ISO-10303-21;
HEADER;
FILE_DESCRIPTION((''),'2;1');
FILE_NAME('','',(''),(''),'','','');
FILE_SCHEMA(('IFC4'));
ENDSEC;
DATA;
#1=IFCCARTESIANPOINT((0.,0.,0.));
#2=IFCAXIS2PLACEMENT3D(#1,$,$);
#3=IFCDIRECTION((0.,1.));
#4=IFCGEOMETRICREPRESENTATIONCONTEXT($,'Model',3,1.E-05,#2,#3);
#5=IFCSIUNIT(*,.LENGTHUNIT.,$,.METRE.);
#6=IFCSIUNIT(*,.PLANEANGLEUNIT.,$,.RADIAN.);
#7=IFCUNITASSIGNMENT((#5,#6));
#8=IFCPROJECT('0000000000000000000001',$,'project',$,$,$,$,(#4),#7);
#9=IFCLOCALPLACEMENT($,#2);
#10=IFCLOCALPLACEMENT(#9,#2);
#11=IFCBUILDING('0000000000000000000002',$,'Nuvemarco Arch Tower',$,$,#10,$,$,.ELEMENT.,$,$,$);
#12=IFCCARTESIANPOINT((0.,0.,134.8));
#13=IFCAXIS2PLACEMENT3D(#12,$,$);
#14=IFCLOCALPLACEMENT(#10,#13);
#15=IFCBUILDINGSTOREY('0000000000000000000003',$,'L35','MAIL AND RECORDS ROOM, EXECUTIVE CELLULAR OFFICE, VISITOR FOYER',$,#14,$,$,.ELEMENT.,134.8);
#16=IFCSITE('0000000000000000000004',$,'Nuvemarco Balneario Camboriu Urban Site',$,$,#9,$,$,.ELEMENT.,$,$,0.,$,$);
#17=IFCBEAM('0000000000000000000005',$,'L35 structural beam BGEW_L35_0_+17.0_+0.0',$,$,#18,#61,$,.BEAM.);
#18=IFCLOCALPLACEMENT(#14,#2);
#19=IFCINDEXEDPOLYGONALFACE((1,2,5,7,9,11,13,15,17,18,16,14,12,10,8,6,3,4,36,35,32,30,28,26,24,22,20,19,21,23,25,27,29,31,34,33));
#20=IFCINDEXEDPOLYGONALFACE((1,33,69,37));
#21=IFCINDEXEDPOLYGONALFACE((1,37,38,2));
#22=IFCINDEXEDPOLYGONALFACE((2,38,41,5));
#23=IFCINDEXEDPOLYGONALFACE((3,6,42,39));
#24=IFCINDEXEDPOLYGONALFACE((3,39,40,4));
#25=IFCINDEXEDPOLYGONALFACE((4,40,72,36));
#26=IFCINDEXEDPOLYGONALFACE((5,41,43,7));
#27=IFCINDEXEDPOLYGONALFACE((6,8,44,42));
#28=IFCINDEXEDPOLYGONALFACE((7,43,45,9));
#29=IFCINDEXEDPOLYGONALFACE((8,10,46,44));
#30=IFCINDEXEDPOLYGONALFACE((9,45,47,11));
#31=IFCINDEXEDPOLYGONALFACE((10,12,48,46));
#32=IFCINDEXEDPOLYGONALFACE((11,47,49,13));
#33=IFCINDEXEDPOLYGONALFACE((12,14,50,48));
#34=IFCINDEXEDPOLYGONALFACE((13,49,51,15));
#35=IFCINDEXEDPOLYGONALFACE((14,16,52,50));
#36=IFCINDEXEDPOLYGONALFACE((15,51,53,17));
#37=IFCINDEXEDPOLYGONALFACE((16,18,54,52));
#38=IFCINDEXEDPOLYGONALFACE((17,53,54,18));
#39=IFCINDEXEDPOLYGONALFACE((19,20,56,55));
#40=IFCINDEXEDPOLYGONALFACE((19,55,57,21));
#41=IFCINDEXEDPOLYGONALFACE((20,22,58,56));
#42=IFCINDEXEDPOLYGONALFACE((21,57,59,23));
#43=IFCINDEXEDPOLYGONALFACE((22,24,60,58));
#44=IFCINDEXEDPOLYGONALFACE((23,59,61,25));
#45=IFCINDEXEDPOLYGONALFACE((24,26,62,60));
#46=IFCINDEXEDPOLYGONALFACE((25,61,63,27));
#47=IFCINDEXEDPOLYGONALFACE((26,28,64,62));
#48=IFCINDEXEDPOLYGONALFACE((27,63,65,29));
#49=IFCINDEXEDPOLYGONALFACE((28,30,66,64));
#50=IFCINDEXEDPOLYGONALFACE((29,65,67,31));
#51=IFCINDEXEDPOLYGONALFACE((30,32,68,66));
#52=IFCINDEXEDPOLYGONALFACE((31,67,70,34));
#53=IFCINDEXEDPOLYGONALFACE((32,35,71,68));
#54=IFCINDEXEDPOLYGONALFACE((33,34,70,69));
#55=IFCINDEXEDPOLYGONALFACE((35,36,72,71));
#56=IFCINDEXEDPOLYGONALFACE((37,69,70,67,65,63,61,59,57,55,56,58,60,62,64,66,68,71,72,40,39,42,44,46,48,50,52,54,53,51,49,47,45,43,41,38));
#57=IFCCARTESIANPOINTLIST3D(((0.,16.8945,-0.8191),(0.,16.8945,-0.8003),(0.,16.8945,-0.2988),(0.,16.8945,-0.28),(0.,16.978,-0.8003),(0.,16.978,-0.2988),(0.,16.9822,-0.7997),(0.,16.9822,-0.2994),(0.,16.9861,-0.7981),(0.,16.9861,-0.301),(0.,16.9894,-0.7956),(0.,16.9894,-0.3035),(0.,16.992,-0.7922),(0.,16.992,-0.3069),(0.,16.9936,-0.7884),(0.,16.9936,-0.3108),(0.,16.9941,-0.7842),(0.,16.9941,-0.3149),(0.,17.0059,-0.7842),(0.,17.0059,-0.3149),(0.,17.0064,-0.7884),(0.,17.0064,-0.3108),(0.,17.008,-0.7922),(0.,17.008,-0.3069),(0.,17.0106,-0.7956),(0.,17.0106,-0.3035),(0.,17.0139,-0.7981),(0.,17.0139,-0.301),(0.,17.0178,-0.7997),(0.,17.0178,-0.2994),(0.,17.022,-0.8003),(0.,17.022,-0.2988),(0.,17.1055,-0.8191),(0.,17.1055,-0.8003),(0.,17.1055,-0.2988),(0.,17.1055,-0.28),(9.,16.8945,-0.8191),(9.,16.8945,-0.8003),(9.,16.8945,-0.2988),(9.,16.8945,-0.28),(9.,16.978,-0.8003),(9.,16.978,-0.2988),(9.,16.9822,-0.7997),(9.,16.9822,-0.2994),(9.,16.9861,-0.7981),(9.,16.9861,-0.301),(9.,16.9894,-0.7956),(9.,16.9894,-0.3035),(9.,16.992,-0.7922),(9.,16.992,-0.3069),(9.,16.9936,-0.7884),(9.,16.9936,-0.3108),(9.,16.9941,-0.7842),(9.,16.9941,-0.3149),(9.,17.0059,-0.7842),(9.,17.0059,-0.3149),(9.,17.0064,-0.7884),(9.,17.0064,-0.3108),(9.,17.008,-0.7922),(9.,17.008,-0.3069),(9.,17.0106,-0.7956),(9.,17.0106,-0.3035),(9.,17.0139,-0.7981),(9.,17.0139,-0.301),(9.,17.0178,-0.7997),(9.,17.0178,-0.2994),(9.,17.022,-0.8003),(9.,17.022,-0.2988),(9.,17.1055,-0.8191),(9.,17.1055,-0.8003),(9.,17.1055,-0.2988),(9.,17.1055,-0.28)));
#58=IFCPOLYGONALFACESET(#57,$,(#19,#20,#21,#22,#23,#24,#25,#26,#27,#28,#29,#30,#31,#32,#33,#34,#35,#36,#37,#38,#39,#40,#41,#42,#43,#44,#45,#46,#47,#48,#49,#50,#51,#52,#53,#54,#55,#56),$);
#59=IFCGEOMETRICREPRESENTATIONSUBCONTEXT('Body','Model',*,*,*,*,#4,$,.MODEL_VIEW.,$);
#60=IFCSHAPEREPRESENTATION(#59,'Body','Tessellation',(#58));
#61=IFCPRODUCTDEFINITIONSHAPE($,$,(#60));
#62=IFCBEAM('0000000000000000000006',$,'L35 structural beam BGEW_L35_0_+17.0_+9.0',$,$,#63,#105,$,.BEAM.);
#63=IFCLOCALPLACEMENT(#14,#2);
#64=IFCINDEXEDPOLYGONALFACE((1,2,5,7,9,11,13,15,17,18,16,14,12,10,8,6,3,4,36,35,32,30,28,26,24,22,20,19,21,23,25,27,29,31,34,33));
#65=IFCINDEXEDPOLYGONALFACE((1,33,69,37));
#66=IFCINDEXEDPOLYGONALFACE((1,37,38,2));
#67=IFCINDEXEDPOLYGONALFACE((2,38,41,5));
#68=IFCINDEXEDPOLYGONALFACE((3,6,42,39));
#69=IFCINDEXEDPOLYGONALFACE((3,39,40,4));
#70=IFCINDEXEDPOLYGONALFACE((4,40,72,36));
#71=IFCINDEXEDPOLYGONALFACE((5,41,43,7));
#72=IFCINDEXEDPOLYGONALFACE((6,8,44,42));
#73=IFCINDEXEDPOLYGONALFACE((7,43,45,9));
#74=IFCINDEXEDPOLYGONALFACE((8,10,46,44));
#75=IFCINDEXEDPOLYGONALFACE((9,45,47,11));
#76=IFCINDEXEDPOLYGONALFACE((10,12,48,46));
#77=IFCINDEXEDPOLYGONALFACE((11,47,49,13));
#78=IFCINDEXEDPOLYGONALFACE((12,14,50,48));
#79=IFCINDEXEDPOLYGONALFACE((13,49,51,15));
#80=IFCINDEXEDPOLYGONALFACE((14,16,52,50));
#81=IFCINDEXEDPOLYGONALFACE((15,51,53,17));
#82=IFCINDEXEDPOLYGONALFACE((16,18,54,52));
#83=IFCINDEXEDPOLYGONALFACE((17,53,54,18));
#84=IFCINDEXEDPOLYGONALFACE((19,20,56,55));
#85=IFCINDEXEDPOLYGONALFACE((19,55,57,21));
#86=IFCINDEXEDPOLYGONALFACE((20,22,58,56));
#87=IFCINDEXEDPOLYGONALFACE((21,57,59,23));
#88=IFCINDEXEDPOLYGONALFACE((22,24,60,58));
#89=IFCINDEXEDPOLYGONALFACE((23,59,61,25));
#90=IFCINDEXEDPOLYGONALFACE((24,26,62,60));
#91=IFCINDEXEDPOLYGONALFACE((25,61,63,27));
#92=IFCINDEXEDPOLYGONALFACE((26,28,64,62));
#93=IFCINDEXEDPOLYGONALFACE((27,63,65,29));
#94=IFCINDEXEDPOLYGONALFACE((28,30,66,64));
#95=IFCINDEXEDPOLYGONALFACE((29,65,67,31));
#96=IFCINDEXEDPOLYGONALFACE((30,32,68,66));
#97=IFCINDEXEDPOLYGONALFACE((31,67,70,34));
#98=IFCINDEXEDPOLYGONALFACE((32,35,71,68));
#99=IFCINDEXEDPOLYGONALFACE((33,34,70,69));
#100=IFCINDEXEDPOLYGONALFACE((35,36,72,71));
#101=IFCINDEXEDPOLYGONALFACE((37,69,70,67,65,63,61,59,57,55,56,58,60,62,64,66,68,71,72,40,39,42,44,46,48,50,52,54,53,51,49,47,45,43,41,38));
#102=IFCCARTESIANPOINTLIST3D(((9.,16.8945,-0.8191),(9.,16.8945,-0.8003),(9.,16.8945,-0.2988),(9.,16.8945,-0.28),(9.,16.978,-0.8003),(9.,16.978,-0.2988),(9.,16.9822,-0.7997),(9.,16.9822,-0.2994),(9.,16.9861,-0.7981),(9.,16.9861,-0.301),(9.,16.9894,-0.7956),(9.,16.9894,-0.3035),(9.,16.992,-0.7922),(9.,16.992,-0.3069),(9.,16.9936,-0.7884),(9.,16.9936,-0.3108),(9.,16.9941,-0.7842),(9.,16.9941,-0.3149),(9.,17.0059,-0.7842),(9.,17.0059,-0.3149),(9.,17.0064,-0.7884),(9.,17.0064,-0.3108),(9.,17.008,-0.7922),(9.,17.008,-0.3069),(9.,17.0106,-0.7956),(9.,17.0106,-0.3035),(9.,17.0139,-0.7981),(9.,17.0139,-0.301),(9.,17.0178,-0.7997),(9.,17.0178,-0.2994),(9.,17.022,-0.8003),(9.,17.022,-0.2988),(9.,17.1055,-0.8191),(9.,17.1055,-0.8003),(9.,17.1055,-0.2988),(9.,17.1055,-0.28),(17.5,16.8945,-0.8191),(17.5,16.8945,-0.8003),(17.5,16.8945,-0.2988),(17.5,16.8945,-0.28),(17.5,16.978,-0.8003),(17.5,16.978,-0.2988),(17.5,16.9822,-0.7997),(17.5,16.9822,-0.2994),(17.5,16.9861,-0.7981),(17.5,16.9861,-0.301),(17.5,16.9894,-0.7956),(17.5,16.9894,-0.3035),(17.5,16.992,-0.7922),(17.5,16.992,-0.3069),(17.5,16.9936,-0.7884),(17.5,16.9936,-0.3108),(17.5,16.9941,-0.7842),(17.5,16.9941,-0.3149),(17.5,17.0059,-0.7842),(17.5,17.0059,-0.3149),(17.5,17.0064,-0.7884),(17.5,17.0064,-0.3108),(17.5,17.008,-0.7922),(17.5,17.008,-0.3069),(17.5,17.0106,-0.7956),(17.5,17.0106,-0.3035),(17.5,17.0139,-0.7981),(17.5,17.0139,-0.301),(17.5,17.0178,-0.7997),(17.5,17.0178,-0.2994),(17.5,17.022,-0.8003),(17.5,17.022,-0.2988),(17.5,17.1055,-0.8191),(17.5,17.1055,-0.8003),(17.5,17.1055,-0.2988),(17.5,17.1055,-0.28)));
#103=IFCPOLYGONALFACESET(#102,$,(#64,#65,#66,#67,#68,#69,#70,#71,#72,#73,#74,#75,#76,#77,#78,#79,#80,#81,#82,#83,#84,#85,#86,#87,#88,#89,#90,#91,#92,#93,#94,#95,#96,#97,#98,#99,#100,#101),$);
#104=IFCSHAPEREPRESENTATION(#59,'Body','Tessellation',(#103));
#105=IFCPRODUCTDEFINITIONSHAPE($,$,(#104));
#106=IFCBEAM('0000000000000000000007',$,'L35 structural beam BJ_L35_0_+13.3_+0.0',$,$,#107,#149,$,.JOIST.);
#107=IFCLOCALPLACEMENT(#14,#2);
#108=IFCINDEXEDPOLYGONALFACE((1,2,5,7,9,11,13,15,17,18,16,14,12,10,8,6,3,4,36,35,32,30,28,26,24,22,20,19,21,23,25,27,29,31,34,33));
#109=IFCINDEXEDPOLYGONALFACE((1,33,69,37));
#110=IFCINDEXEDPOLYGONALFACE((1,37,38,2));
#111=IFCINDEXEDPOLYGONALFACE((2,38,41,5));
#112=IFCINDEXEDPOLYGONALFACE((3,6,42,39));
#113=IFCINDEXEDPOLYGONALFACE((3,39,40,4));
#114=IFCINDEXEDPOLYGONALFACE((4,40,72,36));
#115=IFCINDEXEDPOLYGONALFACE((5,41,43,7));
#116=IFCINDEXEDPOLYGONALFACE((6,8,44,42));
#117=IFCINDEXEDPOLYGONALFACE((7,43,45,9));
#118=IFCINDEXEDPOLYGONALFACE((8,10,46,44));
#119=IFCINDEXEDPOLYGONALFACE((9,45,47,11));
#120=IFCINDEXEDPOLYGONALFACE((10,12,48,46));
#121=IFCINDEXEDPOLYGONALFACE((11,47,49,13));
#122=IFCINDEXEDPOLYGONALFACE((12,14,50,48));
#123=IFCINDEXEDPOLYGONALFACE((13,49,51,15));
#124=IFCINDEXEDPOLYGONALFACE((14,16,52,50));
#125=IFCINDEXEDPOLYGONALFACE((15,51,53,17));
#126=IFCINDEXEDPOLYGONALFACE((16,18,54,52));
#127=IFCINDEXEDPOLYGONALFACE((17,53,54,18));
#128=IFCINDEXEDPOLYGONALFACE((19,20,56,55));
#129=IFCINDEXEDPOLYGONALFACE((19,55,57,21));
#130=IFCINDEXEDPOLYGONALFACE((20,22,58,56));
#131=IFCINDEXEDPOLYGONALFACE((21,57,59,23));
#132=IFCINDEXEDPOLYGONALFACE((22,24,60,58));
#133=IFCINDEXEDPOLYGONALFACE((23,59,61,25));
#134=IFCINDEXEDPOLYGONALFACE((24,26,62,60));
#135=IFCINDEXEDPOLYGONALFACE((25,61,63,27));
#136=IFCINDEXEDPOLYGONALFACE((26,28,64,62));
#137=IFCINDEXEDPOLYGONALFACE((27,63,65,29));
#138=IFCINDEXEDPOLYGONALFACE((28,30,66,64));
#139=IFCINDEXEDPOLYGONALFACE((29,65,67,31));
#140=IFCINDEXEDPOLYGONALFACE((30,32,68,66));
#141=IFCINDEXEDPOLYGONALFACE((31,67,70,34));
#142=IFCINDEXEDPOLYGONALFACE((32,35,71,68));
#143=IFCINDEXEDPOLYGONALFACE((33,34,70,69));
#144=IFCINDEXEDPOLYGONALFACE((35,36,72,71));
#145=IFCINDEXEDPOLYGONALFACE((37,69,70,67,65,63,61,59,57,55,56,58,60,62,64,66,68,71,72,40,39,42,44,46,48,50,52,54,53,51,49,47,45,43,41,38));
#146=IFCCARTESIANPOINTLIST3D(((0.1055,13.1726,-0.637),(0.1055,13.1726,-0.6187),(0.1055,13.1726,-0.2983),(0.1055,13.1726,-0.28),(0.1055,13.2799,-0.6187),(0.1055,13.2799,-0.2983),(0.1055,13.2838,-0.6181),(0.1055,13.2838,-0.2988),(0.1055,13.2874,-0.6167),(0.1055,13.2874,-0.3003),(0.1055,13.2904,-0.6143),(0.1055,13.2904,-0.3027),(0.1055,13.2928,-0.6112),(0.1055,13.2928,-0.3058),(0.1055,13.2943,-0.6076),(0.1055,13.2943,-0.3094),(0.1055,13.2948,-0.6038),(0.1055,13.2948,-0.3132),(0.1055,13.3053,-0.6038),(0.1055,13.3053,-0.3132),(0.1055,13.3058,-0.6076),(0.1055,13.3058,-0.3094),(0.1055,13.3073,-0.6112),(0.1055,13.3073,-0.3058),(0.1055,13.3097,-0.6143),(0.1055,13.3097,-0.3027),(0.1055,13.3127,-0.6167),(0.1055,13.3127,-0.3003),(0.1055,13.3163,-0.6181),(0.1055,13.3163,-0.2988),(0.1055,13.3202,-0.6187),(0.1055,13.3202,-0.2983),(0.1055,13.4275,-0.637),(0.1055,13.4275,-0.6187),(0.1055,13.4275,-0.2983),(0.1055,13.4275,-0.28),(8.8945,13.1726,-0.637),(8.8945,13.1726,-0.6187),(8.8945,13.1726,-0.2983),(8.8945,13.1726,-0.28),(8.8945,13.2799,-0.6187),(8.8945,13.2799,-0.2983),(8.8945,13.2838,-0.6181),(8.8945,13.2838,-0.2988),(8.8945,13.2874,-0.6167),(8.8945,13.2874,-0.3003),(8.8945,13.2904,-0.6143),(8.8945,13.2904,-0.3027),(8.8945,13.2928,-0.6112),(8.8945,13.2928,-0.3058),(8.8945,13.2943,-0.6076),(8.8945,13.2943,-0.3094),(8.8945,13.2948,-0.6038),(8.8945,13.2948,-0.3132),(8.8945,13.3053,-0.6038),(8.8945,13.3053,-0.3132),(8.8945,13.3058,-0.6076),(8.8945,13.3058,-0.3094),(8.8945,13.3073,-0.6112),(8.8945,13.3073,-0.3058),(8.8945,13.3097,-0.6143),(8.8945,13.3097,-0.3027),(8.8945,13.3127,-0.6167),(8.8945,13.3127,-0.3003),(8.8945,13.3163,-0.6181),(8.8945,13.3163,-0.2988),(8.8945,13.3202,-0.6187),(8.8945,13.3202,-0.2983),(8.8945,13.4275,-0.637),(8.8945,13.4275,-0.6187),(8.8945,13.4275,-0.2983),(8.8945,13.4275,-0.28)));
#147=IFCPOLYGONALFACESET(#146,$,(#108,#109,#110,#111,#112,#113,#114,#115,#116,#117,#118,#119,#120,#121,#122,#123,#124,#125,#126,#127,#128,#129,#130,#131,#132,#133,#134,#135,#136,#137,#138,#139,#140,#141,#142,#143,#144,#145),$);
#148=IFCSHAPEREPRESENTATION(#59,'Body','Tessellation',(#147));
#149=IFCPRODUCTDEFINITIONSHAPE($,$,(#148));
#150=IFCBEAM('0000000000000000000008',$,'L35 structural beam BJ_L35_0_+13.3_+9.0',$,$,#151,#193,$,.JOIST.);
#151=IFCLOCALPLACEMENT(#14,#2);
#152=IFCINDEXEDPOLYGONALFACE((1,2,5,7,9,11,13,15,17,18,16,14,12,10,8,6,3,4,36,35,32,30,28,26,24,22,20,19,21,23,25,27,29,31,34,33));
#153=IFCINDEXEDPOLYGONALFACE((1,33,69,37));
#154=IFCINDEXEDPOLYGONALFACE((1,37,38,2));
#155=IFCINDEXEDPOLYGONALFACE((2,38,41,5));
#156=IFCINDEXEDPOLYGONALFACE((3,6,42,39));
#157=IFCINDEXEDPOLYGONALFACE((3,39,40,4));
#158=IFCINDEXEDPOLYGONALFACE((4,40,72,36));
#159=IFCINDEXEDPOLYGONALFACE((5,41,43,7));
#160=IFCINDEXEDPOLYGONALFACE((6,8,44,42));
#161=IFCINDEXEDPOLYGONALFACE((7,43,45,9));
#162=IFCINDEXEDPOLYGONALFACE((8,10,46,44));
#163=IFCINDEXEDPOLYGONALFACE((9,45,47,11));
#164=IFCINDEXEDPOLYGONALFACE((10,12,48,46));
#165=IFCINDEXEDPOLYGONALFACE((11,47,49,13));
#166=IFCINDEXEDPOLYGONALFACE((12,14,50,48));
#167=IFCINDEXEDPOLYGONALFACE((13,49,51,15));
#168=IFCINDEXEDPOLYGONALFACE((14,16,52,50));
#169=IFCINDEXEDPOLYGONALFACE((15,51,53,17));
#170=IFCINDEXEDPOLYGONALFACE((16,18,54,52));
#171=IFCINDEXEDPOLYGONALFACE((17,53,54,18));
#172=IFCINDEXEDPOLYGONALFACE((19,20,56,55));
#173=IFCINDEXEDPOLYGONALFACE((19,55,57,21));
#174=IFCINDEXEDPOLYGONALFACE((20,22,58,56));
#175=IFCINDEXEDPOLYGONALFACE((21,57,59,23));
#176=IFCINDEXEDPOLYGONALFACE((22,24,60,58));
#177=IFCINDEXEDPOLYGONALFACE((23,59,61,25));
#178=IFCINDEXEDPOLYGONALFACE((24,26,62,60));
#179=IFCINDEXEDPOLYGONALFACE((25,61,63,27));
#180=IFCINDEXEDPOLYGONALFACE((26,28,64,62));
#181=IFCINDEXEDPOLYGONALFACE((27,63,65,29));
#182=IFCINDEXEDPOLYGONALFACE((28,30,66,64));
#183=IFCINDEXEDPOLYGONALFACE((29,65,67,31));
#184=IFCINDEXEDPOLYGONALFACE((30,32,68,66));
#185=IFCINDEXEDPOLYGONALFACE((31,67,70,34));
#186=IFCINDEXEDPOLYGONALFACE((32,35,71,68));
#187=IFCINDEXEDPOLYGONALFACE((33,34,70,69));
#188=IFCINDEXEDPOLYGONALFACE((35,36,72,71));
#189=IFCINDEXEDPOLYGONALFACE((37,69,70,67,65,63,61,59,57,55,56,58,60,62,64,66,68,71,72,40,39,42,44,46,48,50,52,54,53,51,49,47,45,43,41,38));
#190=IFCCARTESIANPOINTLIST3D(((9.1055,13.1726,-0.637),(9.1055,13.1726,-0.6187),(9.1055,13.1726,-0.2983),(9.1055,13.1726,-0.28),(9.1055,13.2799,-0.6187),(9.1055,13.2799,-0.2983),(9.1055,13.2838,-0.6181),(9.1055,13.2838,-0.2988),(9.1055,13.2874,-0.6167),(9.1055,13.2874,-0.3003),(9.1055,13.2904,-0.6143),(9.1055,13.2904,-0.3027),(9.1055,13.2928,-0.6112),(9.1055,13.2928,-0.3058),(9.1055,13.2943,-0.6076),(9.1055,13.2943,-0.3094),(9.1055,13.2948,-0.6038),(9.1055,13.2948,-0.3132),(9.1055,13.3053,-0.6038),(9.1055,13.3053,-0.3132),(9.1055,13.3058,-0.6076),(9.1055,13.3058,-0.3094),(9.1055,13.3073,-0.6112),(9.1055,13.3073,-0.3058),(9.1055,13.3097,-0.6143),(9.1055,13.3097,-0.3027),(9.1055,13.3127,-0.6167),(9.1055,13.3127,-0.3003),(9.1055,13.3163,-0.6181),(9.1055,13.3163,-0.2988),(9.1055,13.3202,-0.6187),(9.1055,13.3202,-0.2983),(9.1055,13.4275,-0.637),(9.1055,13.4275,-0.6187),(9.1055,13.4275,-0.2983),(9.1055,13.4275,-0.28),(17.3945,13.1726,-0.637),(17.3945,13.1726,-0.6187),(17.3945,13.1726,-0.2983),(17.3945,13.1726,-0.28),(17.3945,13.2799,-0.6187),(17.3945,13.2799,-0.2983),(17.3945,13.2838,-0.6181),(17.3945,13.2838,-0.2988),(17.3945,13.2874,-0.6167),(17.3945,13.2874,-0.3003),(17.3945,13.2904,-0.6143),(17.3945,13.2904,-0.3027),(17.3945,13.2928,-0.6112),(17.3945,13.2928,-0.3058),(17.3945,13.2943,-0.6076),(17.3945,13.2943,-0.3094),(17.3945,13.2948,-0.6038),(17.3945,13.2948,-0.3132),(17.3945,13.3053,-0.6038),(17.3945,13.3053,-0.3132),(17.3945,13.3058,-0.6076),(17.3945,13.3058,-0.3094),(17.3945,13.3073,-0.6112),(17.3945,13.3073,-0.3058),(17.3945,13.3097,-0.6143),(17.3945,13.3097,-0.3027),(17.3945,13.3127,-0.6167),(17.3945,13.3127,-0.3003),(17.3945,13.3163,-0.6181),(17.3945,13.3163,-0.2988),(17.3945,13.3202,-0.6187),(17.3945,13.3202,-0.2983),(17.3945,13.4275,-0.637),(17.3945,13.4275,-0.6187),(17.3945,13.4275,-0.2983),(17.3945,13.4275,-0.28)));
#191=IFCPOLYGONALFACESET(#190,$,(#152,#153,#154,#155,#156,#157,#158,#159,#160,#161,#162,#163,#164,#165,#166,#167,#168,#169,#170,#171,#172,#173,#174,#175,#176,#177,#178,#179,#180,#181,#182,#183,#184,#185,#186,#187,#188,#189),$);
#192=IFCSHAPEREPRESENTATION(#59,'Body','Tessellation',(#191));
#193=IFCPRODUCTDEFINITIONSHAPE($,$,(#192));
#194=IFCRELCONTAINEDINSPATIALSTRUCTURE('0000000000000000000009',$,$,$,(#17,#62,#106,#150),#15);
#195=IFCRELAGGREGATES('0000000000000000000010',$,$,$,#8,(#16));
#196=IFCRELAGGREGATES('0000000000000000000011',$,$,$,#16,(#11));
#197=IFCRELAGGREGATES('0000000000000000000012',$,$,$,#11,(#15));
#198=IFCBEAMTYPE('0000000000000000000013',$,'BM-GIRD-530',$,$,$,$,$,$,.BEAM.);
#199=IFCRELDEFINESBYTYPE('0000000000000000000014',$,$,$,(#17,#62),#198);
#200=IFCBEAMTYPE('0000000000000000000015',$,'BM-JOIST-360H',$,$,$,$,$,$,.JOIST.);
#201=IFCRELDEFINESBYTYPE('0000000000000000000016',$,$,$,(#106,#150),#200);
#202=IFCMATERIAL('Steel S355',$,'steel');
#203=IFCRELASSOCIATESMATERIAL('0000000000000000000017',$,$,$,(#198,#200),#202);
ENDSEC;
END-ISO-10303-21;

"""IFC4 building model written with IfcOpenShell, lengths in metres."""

from ifc_helpers import new_model, si_unit, direction, frame, origin, origin_2d, place, context, subcontext, project, spatial, i_section, extrude, material, material_profile, profile_set, type_object, element, save


model = new_model("IFC4")

# Units and contexts
model_context = context("Model", 3, precision=1e-05, world=origin(), true_north=direction((0.0, 1.0)))
body_context = subcontext(model_context, "Body", "Model", "MODEL_VIEW")
ifc_project = project(units=[si_unit("LENGTHUNIT", "METRE"), si_unit("PLANEANGLEUNIT", "RADIAN")], contexts=[model_context])

# Site, building, storey
site_placement = place(None, origin())
site = spatial("IfcSite", under=ifc_project, at=site_placement, Name="Nuvemarco Balneario Camboriu Urban Site", CompositionType="ELEMENT", RefElevation=0.0)
building_placement = place(site_placement, origin())
building = spatial("IfcBuilding", under=site, at=building_placement, Name="Nuvemarco Arch Tower", CompositionType="ELEMENT")
storey_placement = place(building_placement, frame((0.0, 0.0, 134.8)))
storey = spatial("IfcBuildingStorey", under=building, at=storey_placement, Name="L35", Description="MAIL AND RECORDS ROOM, EXECUTIVE CELLULAR OFFICE, VISITOR FOYER", CompositionType="ELEMENT", Elevation=134.8)

# Shared definitions
ifc_material_1 = material(Name="Steel S355", Category="steel")

# Beams
ifc_material_profile_1 = material_profile(ifc_material_1, i_section(OverallWidth=0.2109, OverallDepth=0.5391, WebThickness=0.0117, FlangeThickness=0.0188, FilletRadius=0.0161, at=origin_2d()), Name="W530x109")
ifc_profile_set_1 = profile_set([ifc_material_profile_1], Name="Steel S355")
beam_type_1 = type_object("IfcBeamType", Name="BM-GIRD-530", PredefinedType="BEAM", material=ifc_profile_set_1)
beam_1_placement = place(storey_placement, frame((0.0, 17.0, -0.5496), z_axis=(1.0, 0.0, 0.0), x_axis=(0.0, 1.0, 0.0)))
element("IfcBeam", 1, at=beam_1_placement, inside=storey, type_object=beam_type_1, Name="L35 structural beam BGEW_L35_0_+17.0_+0.0", PredefinedType="BEAM", context=body_context, shape_type="SweptSolid", body=[
    extrude(i_section(OverallWidth=0.2109, OverallDepth=0.5391, WebThickness=0.0117, FlangeThickness=0.0188, FilletRadius=0.0161, at=origin_2d()), origin(), (0.0, 0.0, 1.0), 9.0),
])
beam_2_placement = place(storey_placement, frame((9.0, 17.0, -0.5496), z_axis=(1.0, 0.0, 0.0), x_axis=(0.0, 1.0, 0.0)))
element("IfcBeam", 2, at=beam_2_placement, inside=storey, type_object=beam_type_1, Name="L35 structural beam BGEW_L35_0_+17.0_+9.0", PredefinedType="BEAM", context=body_context, shape_type="SweptSolid", body=[
    extrude(i_section(OverallWidth=0.2109, OverallDepth=0.5391, WebThickness=0.0117, FlangeThickness=0.0188, FilletRadius=0.0161, at=origin_2d()), origin(), (0.0, 0.0, 1.0), 8.5),
])
ifc_material_profile_2 = material_profile(ifc_material_1, i_section(OverallWidth=0.2549, OverallDepth=0.3569, WebThickness=0.0105, FlangeThickness=0.0183, FilletRadius=0.0149, at=origin_2d()), Name="W360x101")
ifc_profile_set_2 = profile_set([ifc_material_profile_2], Name="Steel S355")
beam_type_2 = type_object("IfcBeamType", Name="BM-JOIST-360H", PredefinedType="JOIST", material=ifc_profile_set_2)
beam_3_placement = place(storey_placement, frame((0.1055, 13.3, -0.4585), z_axis=(1.0, 0.0, 0.0), x_axis=(0.0, 1.0, 0.0)))
element("IfcBeam", 3, at=beam_3_placement, inside=storey, type_object=beam_type_2, Name="L35 structural beam BJ_L35_0_+13.3_+0.0", PredefinedType="JOIST", context=body_context, shape_type="SweptSolid", body=[
    extrude(i_section(OverallWidth=0.2549, OverallDepth=0.3569, WebThickness=0.0105, FlangeThickness=0.0183, FilletRadius=0.0149, at=origin_2d()), origin(), (0.0, 0.0, 1.0), 8.7891),
])
beam_4_placement = place(storey_placement, frame((9.1055, 13.3, -0.4585), z_axis=(1.0, 0.0, 0.0), x_axis=(0.0, 1.0, 0.0)))
element("IfcBeam", 4, at=beam_4_placement, inside=storey, type_object=beam_type_2, Name="L35 structural beam BJ_L35_0_+13.3_+9.0", PredefinedType="JOIST", context=body_context, shape_type="SweptSolid", body=[
    extrude(i_section(OverallWidth=0.2549, OverallDepth=0.3569, WebThickness=0.0105, FlangeThickness=0.0183, FilletRadius=0.0149, at=origin_2d()), origin(), (0.0, 0.0, 1.0), 8.2891),
])

save(model, "model.ifc")
